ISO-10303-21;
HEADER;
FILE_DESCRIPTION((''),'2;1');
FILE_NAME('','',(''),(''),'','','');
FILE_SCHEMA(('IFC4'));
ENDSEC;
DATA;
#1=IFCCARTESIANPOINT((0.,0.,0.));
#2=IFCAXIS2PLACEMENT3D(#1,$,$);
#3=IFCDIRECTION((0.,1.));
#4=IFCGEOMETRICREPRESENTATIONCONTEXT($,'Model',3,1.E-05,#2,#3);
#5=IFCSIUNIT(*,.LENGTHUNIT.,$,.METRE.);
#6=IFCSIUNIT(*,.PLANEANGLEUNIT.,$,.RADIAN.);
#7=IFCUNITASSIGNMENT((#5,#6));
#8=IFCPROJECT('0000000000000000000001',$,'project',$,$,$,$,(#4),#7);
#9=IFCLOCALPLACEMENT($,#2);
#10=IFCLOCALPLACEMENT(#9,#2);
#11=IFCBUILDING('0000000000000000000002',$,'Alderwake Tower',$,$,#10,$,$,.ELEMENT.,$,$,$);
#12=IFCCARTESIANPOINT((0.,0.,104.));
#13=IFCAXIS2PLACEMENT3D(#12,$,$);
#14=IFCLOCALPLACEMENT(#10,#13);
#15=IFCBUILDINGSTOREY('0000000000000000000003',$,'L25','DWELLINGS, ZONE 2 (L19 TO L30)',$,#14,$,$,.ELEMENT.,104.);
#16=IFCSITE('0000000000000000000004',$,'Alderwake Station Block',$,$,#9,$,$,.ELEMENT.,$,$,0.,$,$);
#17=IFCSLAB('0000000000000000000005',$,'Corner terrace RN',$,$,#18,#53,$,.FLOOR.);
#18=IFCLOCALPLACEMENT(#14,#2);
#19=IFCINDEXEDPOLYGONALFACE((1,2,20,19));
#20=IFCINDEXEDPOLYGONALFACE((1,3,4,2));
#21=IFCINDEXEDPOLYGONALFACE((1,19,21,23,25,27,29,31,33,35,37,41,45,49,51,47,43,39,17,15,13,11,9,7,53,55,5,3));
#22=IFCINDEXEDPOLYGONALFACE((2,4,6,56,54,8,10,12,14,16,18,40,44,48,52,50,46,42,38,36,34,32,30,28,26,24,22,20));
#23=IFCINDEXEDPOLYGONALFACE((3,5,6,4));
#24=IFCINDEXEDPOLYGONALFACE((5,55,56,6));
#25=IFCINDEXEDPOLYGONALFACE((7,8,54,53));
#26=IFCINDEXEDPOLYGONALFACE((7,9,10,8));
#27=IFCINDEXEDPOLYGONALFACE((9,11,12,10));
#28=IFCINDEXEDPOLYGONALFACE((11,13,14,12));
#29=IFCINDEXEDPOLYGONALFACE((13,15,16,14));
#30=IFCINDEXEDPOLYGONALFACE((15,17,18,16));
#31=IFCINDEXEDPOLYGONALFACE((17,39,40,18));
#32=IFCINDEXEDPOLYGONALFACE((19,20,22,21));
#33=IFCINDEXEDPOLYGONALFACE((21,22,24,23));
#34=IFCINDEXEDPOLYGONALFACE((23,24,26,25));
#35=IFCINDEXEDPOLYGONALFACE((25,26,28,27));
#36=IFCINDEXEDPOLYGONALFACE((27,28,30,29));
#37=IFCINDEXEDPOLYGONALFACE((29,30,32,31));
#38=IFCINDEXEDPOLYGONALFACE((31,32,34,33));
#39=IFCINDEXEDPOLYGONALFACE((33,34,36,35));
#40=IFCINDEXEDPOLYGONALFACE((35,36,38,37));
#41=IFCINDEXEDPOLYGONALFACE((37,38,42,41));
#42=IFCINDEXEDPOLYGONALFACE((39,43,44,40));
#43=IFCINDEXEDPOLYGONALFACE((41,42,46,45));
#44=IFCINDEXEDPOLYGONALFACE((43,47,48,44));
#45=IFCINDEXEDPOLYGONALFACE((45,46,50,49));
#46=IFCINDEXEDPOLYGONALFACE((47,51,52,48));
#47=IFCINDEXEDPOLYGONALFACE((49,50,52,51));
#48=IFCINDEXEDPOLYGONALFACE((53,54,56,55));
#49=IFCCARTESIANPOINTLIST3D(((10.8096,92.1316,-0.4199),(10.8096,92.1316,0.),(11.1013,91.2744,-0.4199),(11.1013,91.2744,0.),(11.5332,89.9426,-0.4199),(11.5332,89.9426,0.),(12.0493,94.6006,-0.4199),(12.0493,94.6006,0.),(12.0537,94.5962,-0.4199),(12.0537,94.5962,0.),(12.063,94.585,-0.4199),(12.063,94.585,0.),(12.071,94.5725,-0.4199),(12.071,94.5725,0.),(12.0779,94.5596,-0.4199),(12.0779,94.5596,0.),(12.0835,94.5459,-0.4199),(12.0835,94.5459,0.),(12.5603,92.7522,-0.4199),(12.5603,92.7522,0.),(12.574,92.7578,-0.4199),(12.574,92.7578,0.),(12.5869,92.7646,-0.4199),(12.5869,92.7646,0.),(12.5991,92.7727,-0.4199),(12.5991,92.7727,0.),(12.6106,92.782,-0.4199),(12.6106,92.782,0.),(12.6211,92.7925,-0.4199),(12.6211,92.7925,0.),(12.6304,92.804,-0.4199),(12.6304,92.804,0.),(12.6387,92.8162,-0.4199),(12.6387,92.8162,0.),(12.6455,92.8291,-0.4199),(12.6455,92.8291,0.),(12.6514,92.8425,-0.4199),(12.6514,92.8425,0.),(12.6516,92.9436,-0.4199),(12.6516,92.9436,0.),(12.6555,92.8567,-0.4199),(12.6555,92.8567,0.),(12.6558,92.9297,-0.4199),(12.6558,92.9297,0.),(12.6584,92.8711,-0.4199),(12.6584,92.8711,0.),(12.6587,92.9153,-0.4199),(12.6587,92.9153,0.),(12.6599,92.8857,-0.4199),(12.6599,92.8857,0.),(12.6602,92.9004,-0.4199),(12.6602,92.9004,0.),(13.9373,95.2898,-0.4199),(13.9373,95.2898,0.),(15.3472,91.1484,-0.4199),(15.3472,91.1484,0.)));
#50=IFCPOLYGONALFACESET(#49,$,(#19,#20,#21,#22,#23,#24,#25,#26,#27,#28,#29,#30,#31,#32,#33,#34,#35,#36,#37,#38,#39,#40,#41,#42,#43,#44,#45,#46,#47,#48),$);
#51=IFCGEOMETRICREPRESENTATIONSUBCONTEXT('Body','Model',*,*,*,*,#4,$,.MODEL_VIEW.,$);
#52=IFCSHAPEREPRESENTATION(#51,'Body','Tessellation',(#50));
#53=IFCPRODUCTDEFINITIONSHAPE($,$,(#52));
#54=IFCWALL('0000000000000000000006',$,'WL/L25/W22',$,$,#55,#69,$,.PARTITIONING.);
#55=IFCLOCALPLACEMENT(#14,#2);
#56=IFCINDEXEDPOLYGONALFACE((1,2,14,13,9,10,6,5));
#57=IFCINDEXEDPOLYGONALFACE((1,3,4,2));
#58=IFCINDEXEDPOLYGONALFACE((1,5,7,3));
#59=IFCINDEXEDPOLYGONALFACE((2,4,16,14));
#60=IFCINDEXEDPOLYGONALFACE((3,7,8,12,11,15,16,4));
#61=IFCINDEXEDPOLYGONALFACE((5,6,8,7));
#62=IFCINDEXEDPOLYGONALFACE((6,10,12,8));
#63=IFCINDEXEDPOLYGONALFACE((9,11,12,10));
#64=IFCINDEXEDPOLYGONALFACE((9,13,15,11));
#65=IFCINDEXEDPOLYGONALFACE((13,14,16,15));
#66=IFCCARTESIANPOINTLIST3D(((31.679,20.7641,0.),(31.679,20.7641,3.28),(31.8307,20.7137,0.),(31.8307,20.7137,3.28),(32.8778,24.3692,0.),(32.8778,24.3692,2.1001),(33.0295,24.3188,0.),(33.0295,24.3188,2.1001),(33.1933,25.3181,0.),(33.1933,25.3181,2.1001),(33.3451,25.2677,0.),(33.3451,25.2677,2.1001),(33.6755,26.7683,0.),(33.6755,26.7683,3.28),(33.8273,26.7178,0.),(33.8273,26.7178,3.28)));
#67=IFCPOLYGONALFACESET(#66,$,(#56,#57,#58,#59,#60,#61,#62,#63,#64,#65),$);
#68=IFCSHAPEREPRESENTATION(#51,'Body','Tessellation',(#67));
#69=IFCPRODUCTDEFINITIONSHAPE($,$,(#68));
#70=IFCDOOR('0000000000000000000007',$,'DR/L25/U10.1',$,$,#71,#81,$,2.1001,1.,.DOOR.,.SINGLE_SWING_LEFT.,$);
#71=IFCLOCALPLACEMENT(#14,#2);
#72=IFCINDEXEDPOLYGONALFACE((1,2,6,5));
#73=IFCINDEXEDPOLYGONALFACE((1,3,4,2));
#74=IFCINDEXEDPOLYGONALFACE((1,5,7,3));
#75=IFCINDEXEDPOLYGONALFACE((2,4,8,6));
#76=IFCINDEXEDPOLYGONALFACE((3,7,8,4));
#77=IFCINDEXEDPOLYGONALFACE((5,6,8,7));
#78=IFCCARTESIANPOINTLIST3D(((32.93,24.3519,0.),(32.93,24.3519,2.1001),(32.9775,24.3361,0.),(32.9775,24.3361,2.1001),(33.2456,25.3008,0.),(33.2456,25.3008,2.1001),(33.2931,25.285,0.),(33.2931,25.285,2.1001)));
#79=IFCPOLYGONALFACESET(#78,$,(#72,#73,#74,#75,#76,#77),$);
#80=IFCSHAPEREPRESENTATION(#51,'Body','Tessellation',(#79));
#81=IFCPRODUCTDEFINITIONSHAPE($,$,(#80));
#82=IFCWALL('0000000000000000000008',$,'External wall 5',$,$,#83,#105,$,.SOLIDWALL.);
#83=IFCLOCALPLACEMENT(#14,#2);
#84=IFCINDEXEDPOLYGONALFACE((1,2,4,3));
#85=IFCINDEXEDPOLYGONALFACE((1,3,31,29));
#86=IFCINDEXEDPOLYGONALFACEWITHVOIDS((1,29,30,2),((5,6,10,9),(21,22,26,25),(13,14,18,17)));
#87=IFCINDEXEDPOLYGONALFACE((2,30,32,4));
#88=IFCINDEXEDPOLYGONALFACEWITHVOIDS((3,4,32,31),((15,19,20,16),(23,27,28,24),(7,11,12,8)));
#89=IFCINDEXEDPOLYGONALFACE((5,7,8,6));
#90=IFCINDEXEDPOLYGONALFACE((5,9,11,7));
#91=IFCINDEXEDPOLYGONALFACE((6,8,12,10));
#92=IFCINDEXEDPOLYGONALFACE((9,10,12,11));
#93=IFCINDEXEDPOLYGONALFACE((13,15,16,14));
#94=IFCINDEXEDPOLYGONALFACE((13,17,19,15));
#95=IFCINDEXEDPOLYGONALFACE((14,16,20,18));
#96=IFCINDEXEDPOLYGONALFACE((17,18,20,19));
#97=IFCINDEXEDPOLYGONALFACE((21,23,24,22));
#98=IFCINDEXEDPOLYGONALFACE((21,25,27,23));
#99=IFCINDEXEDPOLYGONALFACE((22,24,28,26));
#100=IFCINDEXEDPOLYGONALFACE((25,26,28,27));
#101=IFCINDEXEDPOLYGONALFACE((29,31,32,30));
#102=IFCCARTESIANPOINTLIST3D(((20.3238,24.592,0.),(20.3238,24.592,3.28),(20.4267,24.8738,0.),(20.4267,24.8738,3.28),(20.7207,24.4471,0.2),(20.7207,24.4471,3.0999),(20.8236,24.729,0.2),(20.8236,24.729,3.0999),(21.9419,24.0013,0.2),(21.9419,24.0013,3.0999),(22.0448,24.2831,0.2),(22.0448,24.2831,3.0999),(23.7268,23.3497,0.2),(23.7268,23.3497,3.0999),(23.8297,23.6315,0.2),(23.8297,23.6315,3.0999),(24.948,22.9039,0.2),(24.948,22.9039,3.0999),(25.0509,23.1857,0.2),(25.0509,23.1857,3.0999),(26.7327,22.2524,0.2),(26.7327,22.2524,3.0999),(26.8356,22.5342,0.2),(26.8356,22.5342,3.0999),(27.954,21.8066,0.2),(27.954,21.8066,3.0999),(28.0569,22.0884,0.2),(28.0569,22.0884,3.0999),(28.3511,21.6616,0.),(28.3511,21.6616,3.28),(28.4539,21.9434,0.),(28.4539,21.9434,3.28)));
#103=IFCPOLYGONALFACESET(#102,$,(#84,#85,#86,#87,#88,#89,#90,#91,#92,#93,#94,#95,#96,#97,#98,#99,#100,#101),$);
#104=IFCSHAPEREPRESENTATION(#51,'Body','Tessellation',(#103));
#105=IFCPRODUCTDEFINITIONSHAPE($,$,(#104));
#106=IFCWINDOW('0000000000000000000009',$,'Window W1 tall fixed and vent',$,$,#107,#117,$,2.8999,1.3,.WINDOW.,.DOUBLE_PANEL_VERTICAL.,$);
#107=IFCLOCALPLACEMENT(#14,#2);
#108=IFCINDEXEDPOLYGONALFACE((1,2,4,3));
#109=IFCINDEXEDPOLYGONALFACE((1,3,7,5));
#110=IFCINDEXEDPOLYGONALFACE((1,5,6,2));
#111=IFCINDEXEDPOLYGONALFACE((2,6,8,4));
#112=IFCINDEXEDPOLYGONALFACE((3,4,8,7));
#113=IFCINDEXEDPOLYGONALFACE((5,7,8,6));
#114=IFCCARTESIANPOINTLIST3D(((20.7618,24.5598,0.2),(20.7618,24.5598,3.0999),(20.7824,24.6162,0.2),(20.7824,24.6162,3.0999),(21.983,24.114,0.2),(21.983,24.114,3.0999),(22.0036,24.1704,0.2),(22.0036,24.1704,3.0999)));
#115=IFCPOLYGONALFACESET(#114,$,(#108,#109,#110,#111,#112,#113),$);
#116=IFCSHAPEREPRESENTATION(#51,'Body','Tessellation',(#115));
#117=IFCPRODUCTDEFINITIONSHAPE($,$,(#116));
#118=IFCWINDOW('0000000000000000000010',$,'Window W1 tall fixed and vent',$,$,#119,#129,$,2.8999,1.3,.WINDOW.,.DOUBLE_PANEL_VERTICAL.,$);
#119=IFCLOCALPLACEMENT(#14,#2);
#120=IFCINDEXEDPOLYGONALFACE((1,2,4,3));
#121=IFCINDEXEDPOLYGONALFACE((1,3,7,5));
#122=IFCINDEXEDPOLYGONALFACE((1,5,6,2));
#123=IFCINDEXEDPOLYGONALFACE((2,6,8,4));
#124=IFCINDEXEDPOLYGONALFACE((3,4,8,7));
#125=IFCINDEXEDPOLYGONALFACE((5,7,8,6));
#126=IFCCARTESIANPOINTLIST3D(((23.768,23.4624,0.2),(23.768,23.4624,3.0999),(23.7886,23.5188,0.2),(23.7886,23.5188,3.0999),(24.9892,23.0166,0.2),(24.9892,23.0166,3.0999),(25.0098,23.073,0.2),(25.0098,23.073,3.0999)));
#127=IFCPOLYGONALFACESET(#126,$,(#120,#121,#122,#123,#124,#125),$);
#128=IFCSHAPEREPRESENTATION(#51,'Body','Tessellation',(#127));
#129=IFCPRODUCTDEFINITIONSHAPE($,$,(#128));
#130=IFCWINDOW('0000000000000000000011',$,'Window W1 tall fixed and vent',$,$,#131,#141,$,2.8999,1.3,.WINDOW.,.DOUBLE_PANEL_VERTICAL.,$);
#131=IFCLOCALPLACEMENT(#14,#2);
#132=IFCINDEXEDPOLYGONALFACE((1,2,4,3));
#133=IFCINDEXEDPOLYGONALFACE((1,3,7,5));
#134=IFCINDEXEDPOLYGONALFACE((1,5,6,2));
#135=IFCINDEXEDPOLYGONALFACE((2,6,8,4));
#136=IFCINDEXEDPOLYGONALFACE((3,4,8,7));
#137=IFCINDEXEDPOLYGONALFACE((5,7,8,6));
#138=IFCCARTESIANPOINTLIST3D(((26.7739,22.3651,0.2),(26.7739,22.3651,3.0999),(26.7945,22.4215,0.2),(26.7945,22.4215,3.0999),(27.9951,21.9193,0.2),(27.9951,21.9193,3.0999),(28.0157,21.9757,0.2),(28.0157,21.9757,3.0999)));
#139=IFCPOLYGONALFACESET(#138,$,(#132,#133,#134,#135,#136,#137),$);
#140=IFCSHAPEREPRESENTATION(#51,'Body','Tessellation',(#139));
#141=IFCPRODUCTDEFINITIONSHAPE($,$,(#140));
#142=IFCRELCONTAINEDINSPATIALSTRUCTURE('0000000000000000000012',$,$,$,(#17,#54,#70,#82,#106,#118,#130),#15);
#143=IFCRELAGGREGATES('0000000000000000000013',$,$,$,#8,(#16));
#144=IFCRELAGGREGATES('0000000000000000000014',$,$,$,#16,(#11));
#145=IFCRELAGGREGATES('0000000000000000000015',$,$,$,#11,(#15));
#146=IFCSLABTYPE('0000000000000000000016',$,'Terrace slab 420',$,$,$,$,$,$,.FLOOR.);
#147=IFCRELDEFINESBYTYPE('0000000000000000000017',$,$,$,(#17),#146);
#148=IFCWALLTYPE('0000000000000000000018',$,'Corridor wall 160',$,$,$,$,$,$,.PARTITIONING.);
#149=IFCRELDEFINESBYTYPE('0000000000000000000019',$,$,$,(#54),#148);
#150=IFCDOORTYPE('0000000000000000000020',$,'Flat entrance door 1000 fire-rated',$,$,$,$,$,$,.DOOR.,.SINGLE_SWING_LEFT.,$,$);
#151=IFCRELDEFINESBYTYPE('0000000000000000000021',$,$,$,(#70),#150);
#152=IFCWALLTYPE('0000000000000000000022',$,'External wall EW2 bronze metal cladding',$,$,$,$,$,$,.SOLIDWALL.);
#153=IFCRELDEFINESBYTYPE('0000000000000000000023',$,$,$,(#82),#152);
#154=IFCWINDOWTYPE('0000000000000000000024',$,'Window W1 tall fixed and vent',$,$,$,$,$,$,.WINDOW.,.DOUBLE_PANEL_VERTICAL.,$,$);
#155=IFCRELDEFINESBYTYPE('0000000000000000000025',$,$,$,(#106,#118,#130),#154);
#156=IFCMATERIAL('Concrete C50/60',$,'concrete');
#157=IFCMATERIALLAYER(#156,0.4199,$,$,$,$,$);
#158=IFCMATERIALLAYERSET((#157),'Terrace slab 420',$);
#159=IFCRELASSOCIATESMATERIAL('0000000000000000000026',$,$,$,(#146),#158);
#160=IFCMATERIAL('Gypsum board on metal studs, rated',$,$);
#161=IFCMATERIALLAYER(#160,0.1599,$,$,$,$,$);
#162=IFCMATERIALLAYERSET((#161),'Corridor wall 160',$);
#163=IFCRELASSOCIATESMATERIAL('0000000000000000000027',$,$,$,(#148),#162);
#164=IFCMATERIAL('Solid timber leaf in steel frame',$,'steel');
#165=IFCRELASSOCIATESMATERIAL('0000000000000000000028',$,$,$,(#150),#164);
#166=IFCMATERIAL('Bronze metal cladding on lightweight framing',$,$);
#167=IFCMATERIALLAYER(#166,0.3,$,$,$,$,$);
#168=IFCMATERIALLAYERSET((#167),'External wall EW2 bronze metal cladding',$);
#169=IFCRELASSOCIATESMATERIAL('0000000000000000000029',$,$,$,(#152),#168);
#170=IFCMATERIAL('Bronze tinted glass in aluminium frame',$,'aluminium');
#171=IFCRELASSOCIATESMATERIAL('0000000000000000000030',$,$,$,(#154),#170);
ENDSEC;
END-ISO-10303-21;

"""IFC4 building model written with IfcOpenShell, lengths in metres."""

from ifc_helpers import new_model, si_unit, direction, frame, frame_2d, origin, place, context, subcontext, project, spatial, polyline, rectangle, outline, extrude, material, layer, layer_set, type_object, element, fill, save


model = new_model("IFC4")

# Units and contexts
model_context = context("Model", 3, precision=1e-05, world=origin(), true_north=direction((0.0, 1.0)))
body_context = subcontext(model_context, "Body", "Model", "MODEL_VIEW")
ifc_project = project(units=[si_unit("LENGTHUNIT", "METRE"), si_unit("PLANEANGLEUNIT", "RADIAN")], contexts=[model_context])

# Site, building, storey
site_placement = place(None, origin())
site = spatial("IfcSite", under=ifc_project, at=site_placement, Name="Alderwake Station Block", CompositionType="ELEMENT", RefElevation=0.0)
building_placement = place(site_placement, origin())
building = spatial("IfcBuilding", under=site, at=building_placement, Name="Alderwake Tower", CompositionType="ELEMENT")
storey_placement = place(building_placement, frame((0.0, 0.0, 104.0)))
storey = spatial("IfcBuildingStorey", under=building, at=storey_placement, Name="L25", Description="DWELLINGS, ZONE 2 (L19 TO L30)", CompositionType="ELEMENT", Elevation=104.0)

# Slab
ifc_material_1 = material(Name="Concrete C50/60", Category="concrete")
ifc_layer_1 = layer(ifc_material_1, 0.4199)
ifc_layer_set_1 = layer_set([ifc_layer_1], Name="Terrace slab 420")
slab_type_1 = type_object("IfcSlabType", Name="Terrace slab 420", PredefinedType="FLOOR", material=ifc_layer_set_1)
slab_1_placement = place(storey_placement, frame((0.0, 0.0, -0.4199)))
element("IfcSlab", 1, at=slab_1_placement, inside=storey, type_object=slab_type_1, Name="Corner terrace RN", PredefinedType="FLOOR", context=body_context, shape_type="SweptSolid", body=[
    extrude(outline(polyline([(10.8096, 92.1316), (12.5603, 92.7522), (12.574, 92.7578), (12.5869, 92.7646), (12.5991, 92.7727), (12.6106, 92.782), (12.6211, 92.7925), (12.6304, 92.804), (12.6387, 92.8162), (12.6455, 92.8291), (12.6514, 92.8425), (12.6555, 92.8567), (12.6584, 92.8711), (12.6599, 92.8857), (12.6602, 92.9004), (12.6587, 92.9153), (12.6558, 92.9297), (12.6516, 92.9436), (12.0835, 94.5459), (12.0779, 94.5596), (12.071, 94.5725), (12.063, 94.585), (12.0537, 94.5962), (12.0493, 94.6006), (13.9373, 95.2898), (15.3472, 91.1484), (11.5332, 89.9426), (11.1013, 91.2744), (10.8096, 92.1316)])), origin(), (0.0, 0.0, 1.0), 0.4199),
])

# Wall, opening, door
ifc_material_2 = material(Name="Gypsum board on metal studs, rated")
ifc_layer_2 = layer(ifc_material_2, 0.1599)
ifc_layer_set_2 = layer_set([ifc_layer_2], Name="Corridor wall 160")
wall_type_1 = type_object("IfcWallType", Name="Corridor wall 160", PredefinedType="PARTITIONING", material=ifc_layer_set_2)
wall_1_placement = place(storey_placement, frame((31.7549, 20.739, 0.0), z_axis=(0.0, 0.0, 1.0), x_axis=(0.315545, 0.948911, 0.0)))
wall_1 = element("IfcWall", 2, at=wall_1_placement, inside=storey, type_object=wall_type_1, Name="WL/L25/W22", PredefinedType="PARTITIONING", context=body_context, shape_type="SweptSolid", body=[
    extrude(rectangle(XDim=6.3274, YDim=0.1599, at=frame_2d((3.1636, 0.0))), origin(), (0.0, 0.0, 1.0), 3.28),
])
opening_1_placement = place(wall_1_placement, frame((3.7991, 0.0, 0.0)))
opening_1 = element("IfcOpeningElement", 3, at=opening_1_placement, cuts=wall_1, PredefinedType="OPENING", context=body_context, shape_type="SweptSolid", body=[
    extrude(rectangle(XDim=1.0, YDim=2.1001, at=frame_2d((0.5, 1.05))), frame((0.0, 0.0898, 0.0), z_axis=(0.0, -1.0, 0.0), x_axis=(1.0, 0.0, 0.0)), (0.0, 0.0, 1.0), 0.1799),
])
ifc_material_3 = material(Name="Solid timber leaf in steel frame", Category="steel")
door_type_1 = type_object("IfcDoorType", Name="Flat entrance door 1000 fire-rated", OperationType="SINGLE_SWING_LEFT", PredefinedType="DOOR", material=ifc_material_3)
door_1_placement = place(opening_1_placement, origin())
door_1 = element("IfcDoor", 4, at=door_1_placement, inside=storey, type_object=door_type_1, Name="DR/L25/U10.1", OperationType="SINGLE_SWING_LEFT", OverallHeight=2.1001, OverallWidth=1.0, PredefinedType="DOOR", context=body_context, shape_type="SweptSolid", body=[
    extrude(rectangle(XDim=1.0, YDim=2.1001, at=frame_2d((0.5, 1.05))), frame((0.0, 0.0249, 0.0), z_axis=(0.0, -1.0, 0.0), x_axis=(1.0, 0.0, 0.0)), (0.0, 0.0, 1.0), 0.05),
])
fill(opening_1, door_1)

# Wall, openings, windows
ifc_material_4 = material(Name="Bronze metal cladding on lightweight framing")
ifc_layer_3 = layer(ifc_material_4, 0.3)
ifc_layer_set_3 = layer_set([ifc_layer_3], Name="External wall EW2 bronze metal cladding")
wall_type_2 = type_object("IfcWallType", Name="External wall EW2 bronze metal cladding", PredefinedType="SOLIDWALL", material=ifc_layer_set_3)
wall_2_placement = place(storey_placement, frame((20.3752, 24.7329, 0.0), z_axis=(0.0, 0.0, 1.0), x_axis=(0.939365, -0.34292, 0.0)))
wall_2 = element("IfcWall", 5, at=wall_2_placement, inside=storey, type_object=wall_type_2, Name="External wall 5", PredefinedType="SOLIDWALL", context=body_context, shape_type="SweptSolid", body=[
    extrude(rectangle(XDim=8.5454, YDim=0.3, at=frame_2d((4.2727, 0.0))), origin(), (0.0, 0.0, 1.0), 3.28),
])
opening_2_placement = place(wall_2_placement, frame((0.4226, 0.0, 0.2)))
opening_2 = element("IfcOpeningElement", 6, at=opening_2_placement, cuts=wall_2, PredefinedType="OPENING", context=body_context, shape_type="SweptSolid", body=[
    extrude(rectangle(XDim=1.3, YDim=2.8999, at=frame_2d((0.6499, 1.45))), frame((0.0, 0.1599, 0.0), z_axis=(0.0, -1.0, 0.0), x_axis=(1.0, 0.0, 0.0)), (0.0, 0.0, 1.0), 0.3201),
])
opening_3_placement = place(wall_2_placement, frame((3.6228, 0.0, 0.2)))
opening_3 = element("IfcOpeningElement", 7, at=opening_3_placement, cuts=wall_2, PredefinedType="OPENING", context=body_context, shape_type="SweptSolid", body=[
    extrude(rectangle(XDim=1.3, YDim=2.8999, at=frame_2d((0.6499, 1.45))), frame((0.0, 0.1599, 0.0), z_axis=(0.0, -1.0, 0.0), x_axis=(1.0, 0.0, 0.0)), (0.0, 0.0, 1.0), 0.3201),
])
opening_4_placement = place(wall_2_placement, frame((6.8228, 0.0, 0.2)))
opening_4 = element("IfcOpeningElement", 8, at=opening_4_placement, cuts=wall_2, PredefinedType="OPENING", context=body_context, shape_type="SweptSolid", body=[
    extrude(rectangle(XDim=1.3, YDim=2.8999, at=frame_2d((0.6499, 1.45))), frame((0.0, 0.1599, 0.0), z_axis=(0.0, -1.0, 0.0), x_axis=(1.0, 0.0, 0.0)), (0.0, 0.0, 1.0), 0.3201),
])
ifc_material_5 = material(Name="Bronze tinted glass in aluminium frame", Category="aluminium")
window_type_1 = type_object("IfcWindowType", Name="Window W1 tall fixed and vent", PartitioningType="DOUBLE_PANEL_VERTICAL", PredefinedType="WINDOW", material=ifc_material_5)
window_1_placement = place(opening_2_placement, origin())
window_1 = element("IfcWindow", 9, at=window_1_placement, inside=storey, type_object=window_type_1, Name="Window W1 tall fixed and vent", OverallHeight=2.8999, OverallWidth=1.3, PartitioningType="DOUBLE_PANEL_VERTICAL", PredefinedType="WINDOW", context=body_context, shape_type="SweptSolid", body=[
    extrude(rectangle(XDim=1.3, YDim=2.8999, at=frame_2d((0.6499, 1.45))), frame((0.0, 0.03, 0.0), z_axis=(0.0, -1.0, 0.0), x_axis=(1.0, 0.0, 0.0)), (0.0, 0.0, 1.0), 0.0601),
])
fill(opening_2, window_1)
window_2_placement = place(opening_3_placement, origin())
window_2 = element("IfcWindow", 10, at=window_2_placement, inside=storey, type_object=window_type_1, Name="Window W1 tall fixed and vent", OverallHeight=2.8999, OverallWidth=1.3, PartitioningType="DOUBLE_PANEL_VERTICAL", PredefinedType="WINDOW", context=body_context, shape_type="SweptSolid", body=[
    extrude(rectangle(XDim=1.3, YDim=2.8999, at=frame_2d((0.6499, 1.45))), frame((0.0, 0.03, 0.0), z_axis=(0.0, -1.0, 0.0), x_axis=(1.0, 0.0, 0.0)), (0.0, 0.0, 1.0), 0.0601),
])
fill(opening_3, window_2)
window_3_placement = place(opening_4_placement, origin())
window_3 = element("IfcWindow", 11, at=window_3_placement, inside=storey, type_object=window_type_1, Name="Window W1 tall fixed and vent", OverallHeight=2.8999, OverallWidth=1.3, PartitioningType="DOUBLE_PANEL_VERTICAL", PredefinedType="WINDOW", context=body_context, shape_type="SweptSolid", body=[
    extrude(rectangle(XDim=1.3, YDim=2.8999, at=frame_2d((0.6499, 1.45))), frame((0.0, 0.03, 0.0), z_axis=(0.0, -1.0, 0.0), x_axis=(1.0, 0.0, 0.0)), (0.0, 0.0, 1.0), 0.0601),
])
fill(opening_4, window_3)

save(model, "model.ifc")
